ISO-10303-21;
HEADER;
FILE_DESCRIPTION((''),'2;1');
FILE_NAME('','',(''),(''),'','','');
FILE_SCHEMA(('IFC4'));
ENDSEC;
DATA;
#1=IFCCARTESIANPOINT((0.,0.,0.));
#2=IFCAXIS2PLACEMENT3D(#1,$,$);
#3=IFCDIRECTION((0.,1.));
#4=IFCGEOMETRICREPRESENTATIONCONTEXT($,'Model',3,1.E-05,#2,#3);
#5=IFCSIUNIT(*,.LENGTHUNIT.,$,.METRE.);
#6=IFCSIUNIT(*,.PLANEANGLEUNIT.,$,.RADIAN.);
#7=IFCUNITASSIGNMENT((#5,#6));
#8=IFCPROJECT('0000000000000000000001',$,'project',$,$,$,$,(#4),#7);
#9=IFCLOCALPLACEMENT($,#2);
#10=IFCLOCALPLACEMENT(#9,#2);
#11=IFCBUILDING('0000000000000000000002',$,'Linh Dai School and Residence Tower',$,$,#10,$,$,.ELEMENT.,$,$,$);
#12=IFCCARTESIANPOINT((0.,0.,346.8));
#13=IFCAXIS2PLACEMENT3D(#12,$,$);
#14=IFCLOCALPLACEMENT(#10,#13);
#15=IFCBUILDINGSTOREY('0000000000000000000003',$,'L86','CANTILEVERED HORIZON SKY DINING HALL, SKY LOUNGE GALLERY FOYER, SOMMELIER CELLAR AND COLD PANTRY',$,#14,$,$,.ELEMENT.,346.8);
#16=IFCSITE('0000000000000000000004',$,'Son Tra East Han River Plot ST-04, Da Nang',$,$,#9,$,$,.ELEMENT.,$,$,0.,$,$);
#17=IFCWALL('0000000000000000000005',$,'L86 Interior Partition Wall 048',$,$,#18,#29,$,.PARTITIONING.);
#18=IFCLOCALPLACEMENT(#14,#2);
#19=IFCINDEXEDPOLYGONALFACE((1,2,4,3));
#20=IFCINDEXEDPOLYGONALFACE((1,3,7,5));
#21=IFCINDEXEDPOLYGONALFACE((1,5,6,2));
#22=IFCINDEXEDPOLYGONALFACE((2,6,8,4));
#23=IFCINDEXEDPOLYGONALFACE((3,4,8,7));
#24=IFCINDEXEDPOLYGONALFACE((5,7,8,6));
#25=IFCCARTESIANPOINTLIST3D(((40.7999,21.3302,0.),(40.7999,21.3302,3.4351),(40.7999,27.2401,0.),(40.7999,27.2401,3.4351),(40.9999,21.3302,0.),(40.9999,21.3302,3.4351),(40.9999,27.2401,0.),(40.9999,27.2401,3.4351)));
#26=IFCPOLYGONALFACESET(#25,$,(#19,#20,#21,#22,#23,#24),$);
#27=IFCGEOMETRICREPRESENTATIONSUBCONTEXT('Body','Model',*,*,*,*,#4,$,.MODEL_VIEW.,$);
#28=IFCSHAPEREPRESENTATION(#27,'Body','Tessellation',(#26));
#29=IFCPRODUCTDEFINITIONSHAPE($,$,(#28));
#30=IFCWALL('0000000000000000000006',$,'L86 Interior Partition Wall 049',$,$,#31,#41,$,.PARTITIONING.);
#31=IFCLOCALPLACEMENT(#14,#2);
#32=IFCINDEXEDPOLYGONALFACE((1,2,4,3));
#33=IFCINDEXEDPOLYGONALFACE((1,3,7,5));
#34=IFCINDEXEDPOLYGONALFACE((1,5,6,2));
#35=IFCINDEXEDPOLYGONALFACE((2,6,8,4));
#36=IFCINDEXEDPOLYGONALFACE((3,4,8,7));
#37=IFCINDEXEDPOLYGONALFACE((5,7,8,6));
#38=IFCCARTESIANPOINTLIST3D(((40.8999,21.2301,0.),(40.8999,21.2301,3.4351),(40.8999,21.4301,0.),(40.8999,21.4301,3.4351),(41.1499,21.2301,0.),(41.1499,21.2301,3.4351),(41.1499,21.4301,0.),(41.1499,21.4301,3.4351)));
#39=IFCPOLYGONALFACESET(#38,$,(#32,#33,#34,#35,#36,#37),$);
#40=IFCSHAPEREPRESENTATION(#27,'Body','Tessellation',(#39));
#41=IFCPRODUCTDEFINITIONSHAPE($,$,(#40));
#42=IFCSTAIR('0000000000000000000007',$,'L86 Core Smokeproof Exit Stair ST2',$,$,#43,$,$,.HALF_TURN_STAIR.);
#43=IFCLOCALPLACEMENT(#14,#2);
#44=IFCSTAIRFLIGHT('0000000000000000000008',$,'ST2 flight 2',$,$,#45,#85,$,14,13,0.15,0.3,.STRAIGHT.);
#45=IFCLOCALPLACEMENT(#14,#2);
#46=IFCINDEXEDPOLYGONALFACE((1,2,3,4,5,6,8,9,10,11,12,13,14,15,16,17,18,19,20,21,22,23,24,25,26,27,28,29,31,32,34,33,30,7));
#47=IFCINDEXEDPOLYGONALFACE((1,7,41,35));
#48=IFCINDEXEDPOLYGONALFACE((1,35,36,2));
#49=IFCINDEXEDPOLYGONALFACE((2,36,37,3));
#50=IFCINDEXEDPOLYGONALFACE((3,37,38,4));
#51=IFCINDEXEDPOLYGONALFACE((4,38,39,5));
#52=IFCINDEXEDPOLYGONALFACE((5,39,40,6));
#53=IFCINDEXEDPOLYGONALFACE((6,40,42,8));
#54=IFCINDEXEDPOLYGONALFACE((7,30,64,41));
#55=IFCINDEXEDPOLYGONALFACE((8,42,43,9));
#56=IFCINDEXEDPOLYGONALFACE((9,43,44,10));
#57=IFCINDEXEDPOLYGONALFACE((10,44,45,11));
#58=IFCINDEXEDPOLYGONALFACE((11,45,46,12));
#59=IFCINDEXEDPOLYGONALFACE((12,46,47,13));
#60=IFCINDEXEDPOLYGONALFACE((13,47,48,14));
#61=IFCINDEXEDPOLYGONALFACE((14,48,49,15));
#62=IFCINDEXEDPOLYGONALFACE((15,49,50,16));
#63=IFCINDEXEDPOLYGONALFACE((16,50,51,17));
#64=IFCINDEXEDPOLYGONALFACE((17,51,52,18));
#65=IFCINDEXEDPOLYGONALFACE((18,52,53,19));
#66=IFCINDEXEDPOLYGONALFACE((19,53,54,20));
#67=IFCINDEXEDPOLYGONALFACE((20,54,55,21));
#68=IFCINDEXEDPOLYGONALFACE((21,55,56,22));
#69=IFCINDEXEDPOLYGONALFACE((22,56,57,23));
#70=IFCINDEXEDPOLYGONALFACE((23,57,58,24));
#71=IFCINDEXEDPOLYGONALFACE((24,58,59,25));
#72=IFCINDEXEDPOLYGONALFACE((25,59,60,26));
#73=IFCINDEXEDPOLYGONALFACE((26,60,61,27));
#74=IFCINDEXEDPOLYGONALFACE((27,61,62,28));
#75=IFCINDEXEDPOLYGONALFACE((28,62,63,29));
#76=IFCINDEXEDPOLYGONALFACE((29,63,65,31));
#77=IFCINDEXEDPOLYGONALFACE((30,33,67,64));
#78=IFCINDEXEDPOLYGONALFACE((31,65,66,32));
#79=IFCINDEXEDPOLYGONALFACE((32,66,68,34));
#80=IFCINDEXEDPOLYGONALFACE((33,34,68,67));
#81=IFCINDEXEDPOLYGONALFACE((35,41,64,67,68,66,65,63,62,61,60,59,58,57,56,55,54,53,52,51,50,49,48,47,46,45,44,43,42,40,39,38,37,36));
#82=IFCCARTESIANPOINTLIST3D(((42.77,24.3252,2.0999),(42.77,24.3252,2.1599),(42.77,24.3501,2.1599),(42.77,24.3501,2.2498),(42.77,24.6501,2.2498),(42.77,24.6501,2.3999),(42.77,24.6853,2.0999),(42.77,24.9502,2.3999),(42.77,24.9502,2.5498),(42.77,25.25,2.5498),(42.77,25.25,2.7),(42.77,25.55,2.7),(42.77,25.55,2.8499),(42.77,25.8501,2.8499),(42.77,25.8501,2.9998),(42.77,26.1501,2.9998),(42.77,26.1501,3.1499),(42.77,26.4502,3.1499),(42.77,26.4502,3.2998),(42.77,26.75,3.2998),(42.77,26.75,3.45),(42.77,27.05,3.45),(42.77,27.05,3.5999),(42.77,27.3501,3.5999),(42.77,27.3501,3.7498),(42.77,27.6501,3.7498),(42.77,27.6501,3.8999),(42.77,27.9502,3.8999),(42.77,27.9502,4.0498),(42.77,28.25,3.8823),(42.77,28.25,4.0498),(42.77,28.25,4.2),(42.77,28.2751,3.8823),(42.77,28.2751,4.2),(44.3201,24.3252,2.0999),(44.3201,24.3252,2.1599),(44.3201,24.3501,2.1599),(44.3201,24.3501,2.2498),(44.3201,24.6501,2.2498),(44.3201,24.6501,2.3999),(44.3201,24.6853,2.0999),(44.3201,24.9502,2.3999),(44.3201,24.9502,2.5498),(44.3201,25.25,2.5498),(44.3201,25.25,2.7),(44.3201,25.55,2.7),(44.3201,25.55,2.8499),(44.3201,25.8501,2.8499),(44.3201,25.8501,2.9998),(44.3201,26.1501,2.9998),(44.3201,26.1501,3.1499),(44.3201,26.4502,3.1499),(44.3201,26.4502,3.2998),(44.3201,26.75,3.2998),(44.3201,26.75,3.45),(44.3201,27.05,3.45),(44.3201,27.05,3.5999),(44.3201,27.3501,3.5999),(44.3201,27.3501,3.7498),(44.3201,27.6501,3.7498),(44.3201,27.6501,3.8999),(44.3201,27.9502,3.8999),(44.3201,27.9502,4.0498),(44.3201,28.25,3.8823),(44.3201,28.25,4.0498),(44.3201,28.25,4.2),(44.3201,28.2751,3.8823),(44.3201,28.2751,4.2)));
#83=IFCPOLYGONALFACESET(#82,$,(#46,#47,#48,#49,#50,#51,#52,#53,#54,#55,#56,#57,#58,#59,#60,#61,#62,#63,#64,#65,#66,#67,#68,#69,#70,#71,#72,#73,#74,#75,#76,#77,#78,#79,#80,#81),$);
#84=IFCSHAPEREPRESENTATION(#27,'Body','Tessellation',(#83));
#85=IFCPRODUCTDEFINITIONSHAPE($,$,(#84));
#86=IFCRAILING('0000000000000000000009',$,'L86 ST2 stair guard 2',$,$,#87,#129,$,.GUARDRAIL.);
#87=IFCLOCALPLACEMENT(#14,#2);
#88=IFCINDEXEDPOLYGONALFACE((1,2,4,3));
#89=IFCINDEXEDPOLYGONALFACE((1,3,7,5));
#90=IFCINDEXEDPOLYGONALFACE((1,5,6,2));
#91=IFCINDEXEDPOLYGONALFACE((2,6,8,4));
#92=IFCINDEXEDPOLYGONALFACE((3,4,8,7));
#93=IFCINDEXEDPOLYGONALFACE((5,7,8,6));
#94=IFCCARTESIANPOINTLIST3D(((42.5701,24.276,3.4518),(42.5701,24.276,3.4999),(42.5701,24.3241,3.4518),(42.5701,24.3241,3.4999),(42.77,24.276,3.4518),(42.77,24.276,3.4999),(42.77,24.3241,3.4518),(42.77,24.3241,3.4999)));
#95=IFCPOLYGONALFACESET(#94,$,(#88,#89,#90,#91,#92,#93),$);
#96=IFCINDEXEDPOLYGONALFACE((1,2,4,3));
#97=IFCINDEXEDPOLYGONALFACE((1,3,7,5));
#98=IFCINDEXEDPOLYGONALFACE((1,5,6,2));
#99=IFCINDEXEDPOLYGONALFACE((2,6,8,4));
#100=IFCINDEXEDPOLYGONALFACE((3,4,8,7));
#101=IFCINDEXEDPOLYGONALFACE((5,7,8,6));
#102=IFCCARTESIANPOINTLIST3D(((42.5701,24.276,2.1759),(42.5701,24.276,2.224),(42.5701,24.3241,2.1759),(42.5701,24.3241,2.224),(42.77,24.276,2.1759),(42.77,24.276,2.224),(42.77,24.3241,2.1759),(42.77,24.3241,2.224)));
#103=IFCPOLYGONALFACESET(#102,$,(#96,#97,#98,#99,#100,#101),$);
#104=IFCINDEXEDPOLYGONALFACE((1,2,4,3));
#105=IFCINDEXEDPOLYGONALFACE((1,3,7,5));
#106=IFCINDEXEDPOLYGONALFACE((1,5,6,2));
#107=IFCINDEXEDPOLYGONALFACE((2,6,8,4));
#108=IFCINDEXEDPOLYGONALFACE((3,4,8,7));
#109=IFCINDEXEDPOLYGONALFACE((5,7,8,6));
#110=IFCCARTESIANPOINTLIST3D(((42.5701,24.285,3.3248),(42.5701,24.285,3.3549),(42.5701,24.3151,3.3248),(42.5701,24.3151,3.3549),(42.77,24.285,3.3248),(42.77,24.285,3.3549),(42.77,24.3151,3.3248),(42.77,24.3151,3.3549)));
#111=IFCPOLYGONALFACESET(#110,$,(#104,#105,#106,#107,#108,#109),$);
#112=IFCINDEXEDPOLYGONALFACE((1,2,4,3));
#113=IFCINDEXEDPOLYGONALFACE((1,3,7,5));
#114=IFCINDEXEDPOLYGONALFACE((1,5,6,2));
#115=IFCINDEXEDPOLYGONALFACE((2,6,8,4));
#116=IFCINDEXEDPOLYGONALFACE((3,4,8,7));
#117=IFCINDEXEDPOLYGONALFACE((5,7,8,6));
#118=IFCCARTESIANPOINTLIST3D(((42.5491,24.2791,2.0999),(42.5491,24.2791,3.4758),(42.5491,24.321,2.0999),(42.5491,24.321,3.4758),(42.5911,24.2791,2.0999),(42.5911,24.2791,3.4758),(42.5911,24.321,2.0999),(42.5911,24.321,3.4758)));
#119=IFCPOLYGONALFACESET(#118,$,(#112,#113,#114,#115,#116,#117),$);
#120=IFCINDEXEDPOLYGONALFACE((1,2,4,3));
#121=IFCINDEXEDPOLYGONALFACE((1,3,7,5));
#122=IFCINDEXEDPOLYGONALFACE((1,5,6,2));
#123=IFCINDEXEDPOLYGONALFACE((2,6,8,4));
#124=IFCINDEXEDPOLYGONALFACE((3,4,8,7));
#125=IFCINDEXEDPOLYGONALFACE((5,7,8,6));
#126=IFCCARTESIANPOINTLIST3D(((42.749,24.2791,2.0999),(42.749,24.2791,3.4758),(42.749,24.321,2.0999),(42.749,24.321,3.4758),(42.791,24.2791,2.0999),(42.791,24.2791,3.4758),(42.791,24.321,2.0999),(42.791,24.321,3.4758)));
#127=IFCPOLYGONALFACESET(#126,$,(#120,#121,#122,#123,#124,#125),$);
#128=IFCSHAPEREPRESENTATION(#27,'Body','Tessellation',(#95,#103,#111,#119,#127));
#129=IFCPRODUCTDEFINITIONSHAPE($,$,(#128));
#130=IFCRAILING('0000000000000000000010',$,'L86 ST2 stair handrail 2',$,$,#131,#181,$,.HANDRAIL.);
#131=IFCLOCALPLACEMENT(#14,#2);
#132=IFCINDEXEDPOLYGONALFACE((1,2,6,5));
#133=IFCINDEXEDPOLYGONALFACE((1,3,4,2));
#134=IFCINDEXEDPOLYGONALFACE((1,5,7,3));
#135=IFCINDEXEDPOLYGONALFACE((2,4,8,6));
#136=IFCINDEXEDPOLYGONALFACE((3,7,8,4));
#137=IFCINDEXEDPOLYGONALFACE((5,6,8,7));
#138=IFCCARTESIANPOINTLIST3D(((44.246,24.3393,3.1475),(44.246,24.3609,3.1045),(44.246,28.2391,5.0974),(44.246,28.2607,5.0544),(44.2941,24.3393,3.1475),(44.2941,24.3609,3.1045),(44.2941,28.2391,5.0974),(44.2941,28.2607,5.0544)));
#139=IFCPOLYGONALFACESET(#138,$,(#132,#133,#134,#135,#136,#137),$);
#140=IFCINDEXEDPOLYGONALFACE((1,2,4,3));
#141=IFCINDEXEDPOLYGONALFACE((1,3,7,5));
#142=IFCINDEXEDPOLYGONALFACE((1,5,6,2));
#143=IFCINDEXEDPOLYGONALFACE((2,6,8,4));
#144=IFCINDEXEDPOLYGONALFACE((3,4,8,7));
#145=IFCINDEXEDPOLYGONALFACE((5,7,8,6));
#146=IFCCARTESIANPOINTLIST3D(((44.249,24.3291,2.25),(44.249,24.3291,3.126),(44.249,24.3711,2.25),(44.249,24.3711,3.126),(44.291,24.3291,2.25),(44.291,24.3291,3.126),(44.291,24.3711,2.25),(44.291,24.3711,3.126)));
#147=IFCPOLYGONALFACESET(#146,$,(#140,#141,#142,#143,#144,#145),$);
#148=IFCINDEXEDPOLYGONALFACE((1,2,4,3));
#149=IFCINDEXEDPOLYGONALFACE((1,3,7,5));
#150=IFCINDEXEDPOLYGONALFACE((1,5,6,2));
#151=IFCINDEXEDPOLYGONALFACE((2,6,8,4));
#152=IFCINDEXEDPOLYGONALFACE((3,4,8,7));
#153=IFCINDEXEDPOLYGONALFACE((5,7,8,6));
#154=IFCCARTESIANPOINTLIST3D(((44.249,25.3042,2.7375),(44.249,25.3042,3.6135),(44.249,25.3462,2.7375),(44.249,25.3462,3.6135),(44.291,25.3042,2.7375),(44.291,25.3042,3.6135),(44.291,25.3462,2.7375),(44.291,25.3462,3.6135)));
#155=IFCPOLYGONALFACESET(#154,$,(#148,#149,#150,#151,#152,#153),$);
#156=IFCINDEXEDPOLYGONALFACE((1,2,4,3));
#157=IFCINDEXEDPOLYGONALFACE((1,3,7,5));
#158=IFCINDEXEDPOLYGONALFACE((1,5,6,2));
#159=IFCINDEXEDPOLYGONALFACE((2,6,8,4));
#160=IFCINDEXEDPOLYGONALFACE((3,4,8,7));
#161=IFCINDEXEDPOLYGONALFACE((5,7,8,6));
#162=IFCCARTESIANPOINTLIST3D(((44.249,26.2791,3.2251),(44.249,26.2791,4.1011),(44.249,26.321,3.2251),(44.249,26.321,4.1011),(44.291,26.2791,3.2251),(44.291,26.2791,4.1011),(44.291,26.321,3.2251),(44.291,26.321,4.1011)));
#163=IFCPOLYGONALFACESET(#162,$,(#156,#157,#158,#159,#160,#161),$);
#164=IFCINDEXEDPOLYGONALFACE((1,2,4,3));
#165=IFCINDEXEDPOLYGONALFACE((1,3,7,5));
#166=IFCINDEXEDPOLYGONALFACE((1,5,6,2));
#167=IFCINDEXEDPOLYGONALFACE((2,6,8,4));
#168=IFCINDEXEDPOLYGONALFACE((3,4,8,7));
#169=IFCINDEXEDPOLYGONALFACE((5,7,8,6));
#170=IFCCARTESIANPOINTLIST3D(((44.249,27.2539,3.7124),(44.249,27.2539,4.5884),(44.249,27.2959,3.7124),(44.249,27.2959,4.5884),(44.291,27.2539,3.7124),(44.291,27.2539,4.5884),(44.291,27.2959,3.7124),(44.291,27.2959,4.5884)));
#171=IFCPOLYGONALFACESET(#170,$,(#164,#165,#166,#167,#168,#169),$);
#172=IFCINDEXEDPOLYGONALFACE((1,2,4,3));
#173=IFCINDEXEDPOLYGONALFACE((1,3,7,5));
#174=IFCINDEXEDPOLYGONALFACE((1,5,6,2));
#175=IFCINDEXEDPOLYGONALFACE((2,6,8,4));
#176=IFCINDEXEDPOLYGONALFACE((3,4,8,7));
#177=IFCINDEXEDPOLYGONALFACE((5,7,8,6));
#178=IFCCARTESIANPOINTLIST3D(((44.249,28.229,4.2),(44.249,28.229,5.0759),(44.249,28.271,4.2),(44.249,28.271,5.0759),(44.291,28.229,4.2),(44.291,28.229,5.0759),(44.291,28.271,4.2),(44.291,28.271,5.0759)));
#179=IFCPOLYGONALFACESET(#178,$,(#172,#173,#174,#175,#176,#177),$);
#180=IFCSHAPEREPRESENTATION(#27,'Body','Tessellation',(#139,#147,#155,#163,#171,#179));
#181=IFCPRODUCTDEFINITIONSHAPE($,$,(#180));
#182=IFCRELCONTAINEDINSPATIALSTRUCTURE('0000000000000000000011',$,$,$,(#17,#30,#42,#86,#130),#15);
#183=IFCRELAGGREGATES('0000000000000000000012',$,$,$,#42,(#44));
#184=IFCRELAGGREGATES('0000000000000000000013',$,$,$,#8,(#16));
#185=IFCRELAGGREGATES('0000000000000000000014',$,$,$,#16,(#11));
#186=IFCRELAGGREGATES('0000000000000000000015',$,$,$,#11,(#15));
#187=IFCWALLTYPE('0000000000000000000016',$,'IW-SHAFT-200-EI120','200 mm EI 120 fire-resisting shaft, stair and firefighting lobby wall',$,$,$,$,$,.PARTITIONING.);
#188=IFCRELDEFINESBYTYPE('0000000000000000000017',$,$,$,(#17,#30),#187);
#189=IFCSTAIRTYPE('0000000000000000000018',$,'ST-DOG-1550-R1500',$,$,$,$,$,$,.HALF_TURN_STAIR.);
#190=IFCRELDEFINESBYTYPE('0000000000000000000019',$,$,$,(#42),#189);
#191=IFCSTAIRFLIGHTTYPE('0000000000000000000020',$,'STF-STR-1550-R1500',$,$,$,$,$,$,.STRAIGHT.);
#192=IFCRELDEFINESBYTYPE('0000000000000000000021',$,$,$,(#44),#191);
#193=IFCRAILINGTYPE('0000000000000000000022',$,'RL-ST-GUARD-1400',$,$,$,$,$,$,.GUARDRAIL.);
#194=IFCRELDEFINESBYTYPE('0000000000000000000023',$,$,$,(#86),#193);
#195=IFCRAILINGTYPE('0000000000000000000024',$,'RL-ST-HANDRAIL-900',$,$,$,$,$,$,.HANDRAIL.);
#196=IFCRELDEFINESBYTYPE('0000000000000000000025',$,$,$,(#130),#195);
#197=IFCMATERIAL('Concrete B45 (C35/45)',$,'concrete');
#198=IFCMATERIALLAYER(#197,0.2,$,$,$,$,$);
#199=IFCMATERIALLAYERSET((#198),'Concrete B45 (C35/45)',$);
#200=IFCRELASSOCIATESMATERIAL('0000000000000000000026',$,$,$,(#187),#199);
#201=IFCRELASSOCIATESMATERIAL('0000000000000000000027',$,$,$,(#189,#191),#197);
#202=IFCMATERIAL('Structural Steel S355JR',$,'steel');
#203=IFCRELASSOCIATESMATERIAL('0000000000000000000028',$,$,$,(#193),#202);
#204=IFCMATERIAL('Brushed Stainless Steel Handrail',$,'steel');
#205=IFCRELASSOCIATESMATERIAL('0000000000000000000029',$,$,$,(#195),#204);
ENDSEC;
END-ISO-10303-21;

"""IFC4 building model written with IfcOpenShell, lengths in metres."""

from ifc_helpers import new_model, si_unit, direction, frame, frame_2d, origin, origin_2d, place, context, subcontext, project, spatial, polyline, rectangle, outline, extrude, source, transform, mapped, material, layer, layer_set, type_object, element, aggregate, save


model = new_model("IFC4")

# Units and contexts
model_context = context("Model", 3, precision=1e-05, world=origin(), true_north=direction((0.0, 1.0)))
body_context = subcontext(model_context, "Body", "Model", "MODEL_VIEW")
ifc_project = project(units=[si_unit("LENGTHUNIT", "METRE"), si_unit("PLANEANGLEUNIT", "RADIAN")], contexts=[model_context])

# Site, building, storey
site_placement = place(None, origin())
site = spatial("IfcSite", under=ifc_project, at=site_placement, Name="Son Tra East Han River Plot ST-04, Da Nang", CompositionType="ELEMENT", RefElevation=0.0)
building_placement = place(site_placement, origin())
building = spatial("IfcBuilding", under=site, at=building_placement, Name="Linh Dai School and Residence Tower", CompositionType="ELEMENT")
storey_placement = place(building_placement, frame((0.0, 0.0, 346.8)))
storey = spatial("IfcBuildingStorey", under=building, at=storey_placement, Name="L86", Description="CANTILEVERED HORIZON SKY DINING HALL, SKY LOUNGE GALLERY FOYER, SOMMELIER CELLAR AND COLD PANTRY", CompositionType="ELEMENT", Elevation=346.8)

# Shared definitions
ifc_material_1 = material(Name="Structural Steel S355JR", Category="steel")

# Walls
ifc_material_2 = material(Name="Concrete B45 (C35/45)", Category="concrete")
ifc_layer_1 = layer(ifc_material_2, 0.2)
ifc_layer_set_1 = layer_set([ifc_layer_1], Name="Concrete B45 (C35/45)")
wall_type_1 = type_object("IfcWallType", Name="IW-SHAFT-200-EI120", Description="200 mm EI 120 fire-resisting shaft, stair and firefighting lobby wall", PredefinedType="PARTITIONING", material=ifc_layer_set_1)
wall_1_placement = place(storey_placement, frame((40.8999, 21.3301, 0.0), z_axis=(0.0, 0.0, 1.0), x_axis=(0.0, 1.0, 0.0)))
element("IfcWall", 1, at=wall_1_placement, inside=storey, type_object=wall_type_1, Name="L86 Interior Partition Wall 048", PredefinedType="PARTITIONING", context=body_context, shape_type="SweptSolid", body=[
    extrude(rectangle(XDim=5.9099, YDim=0.2, at=frame_2d((2.9551, 0.0))), origin(), (0.0, 0.0, 1.0), 3.4351),
])
wall_2_placement = place(storey_placement, frame((40.8999, 21.3301, 0.0), z_axis=(0.0, 0.0, 1.0), x_axis=(1.0, 0.0, 0.0)))
element("IfcWall", 2, at=wall_2_placement, inside=storey, type_object=wall_type_1, Name="L86 Interior Partition Wall 049", PredefinedType="PARTITIONING", context=body_context, shape_type="SweptSolid", body=[
    extrude(rectangle(XDim=0.25, YDim=0.2, at=frame_2d((0.125, 0.0))), origin(), (0.0, 0.0, 1.0), 3.4351),
])

# Stair, stair flight
stair_type = type_object("IfcStairType", Name="ST-DOG-1550-R1500", PredefinedType="HALF_TURN_STAIR", material=ifc_material_2)
stair_placement = place(storey_placement, origin())
stair = element("IfcStair", 3, at=stair_placement, inside=storey, type_object=stair_type, Name="L86 Core Smokeproof Exit Stair ST2", PredefinedType="HALF_TURN_STAIR")
stair_flight_type = type_object("IfcStairFlightType", Name="STF-STR-1550-R1500", PredefinedType="STRAIGHT", material=ifc_material_2)
shared_shape_1 = source(origin(), body_context, "Body", "SweptSolid", [
    extrude(outline(polyline([(-0.0249, 0.0), (-0.0249, 0.0601), (0.0, 0.0601), (0.0, 0.1499), (0.3, 0.1499), (0.3, 0.3), (0.6001, 0.3), (0.6001, 0.45), (0.8999, 0.45), (0.8999, 0.6001), (1.2, 0.6001), (1.2, 0.75), (1.5, 0.75), (1.5, 0.8999), (1.8, 0.8999), (1.8, 1.05), (2.1001, 1.05), (2.1001, 1.2), (2.3999, 1.2), (2.3999, 1.3501), (2.7, 1.3501), (2.7, 1.5), (3.0, 1.5), (3.0, 1.6499), (3.3, 1.6499), (3.3, 1.8), (3.6001, 1.8), (3.6001, 1.95), (3.8999, 1.95), (3.8999, 2.1001), (3.925, 2.1001), (3.925, 1.7825), (3.8999, 1.7825), (0.3352, 0.0), (-0.0249, 0.0)])), frame((0.0, 0.7749, 0.0), z_axis=(0.0, -1.0, 0.0), x_axis=(1.0, 0.0, 0.0)), (0.0, 0.0, 1.0), 1.55),
])
stair_flight_placement = place(storey_placement, frame((43.5449, 24.3501, 2.0999), z_axis=(0.0, 0.0, 1.0), x_axis=(0.0, 1.0, 0.0)))
stair_flight = element("IfcStairFlight", 4, at=stair_flight_placement, type_object=stair_flight_type, Name="ST2 flight 2", NumberOfRisers=14, NumberOfTreads=13, PredefinedType="STRAIGHT", RiserHeight=0.15, TreadLength=0.3, context=body_context, shape_type="MappedRepresentation", body=[
    mapped(shared_shape_1, transform((0.0, 0.0, 0.0), x_axis=(1.0, 0.0, 0.0), y_axis=(0.0, 1.0, 0.0), z_axis=(0.0, 0.0, 1.0), scale=1.0)),
])
aggregate(stair, [stair_flight])

# Railings
railing_type_1 = type_object("IfcRailingType", Name="RL-ST-GUARD-1400", PredefinedType="GUARDRAIL", material=ifc_material_1)
shared_shape_2 = source(origin(), body_context, "Body", "SweptSolid", [
    extrude(rectangle(XDim=0.0481, YDim=0.0481, at=origin_2d()), frame((0.0, 0.0, 1.376), z_axis=(1.0, 0.0, 0.0), x_axis=(0.0, 1.0, 0.0)), (0.0, 0.0, 1.0), 0.2),
    extrude(rectangle(XDim=0.0481, YDim=0.0481, at=origin_2d()), frame((0.0, 0.0, 0.1001), z_axis=(1.0, 0.0, 0.0), x_axis=(0.0, 1.0, 0.0)), (0.0, 0.0, 1.0), 0.2),
    extrude(rectangle(XDim=0.03, YDim=0.03, at=origin_2d()), frame((0.0, 0.0, 1.24), z_axis=(1.0, 0.0, 0.0), x_axis=(0.0, 1.0, 0.0)), (0.0, 0.0, 1.0), 0.2),
    extrude(rectangle(XDim=0.042, YDim=0.042, at=origin_2d()), origin(), (0.0, 0.0, 1.0), 1.376),
    extrude(rectangle(XDim=0.042, YDim=0.042, at=origin_2d()), frame((0.2, 0.0, 0.0)), (0.0, 0.0, 1.0), 1.376),
])
railing_1_placement = place(storey_placement, frame((42.5701, 24.3, 2.0999)))
element("IfcRailing", 5, at=railing_1_placement, inside=storey, type_object=railing_type_1, Name="L86 ST2 stair guard 2", PredefinedType="GUARDRAIL", context=body_context, shape_type="MappedRepresentation", body=[
    mapped(shared_shape_2, transform((0.0, 0.0, 0.0), x_axis=(1.0, 0.0, 0.0), y_axis=(0.0, 1.0, 0.0), z_axis=(0.0, 0.0, 1.0), scale=1.0)),
])
ifc_material_3 = material(Name="Brushed Stainless Steel Handrail", Category="steel")
railing_type_2 = type_object("IfcRailingType", Name="RL-ST-HANDRAIL-900", PredefinedType="HANDRAIL", material=ifc_material_3)
shared_shape_3 = source(origin(), body_context, "Body", "SweptSolid", [
    extrude(rectangle(XDim=0.0481, YDim=0.0481, at=origin_2d()), frame((0.0, 0.0, 0.876), z_axis=(0.0, 0.894427, 0.447214), x_axis=(-1.0, 0.0, 0.0)), (0.0, 0.0, 1.0), 4.3601),
    extrude(rectangle(XDim=0.042, YDim=0.042, at=origin_2d()), origin(), (0.0, 0.0, 1.0), 0.876),
    extrude(rectangle(XDim=0.042, YDim=0.042, at=origin_2d()), frame((0.0, 0.9751, 0.4875)), (0.0, 0.0, 1.0), 0.876),
    extrude(rectangle(XDim=0.042, YDim=0.042, at=origin_2d()), frame((0.0, 1.95, 0.9751)), (0.0, 0.0, 1.0), 0.876),
    extrude(rectangle(XDim=0.042, YDim=0.042, at=origin_2d()), frame((0.0, 2.9248, 1.4624)), (0.0, 0.0, 1.0), 0.876),
    extrude(rectangle(XDim=0.042, YDim=0.042, at=origin_2d()), frame((0.0, 3.8999, 1.95)), (0.0, 0.0, 1.0), 0.876),
])
railing_2_placement = place(storey_placement, frame((44.27, 24.3501, 2.25)))
element("IfcRailing", 6, at=railing_2_placement, inside=storey, type_object=railing_type_2, Name="L86 ST2 stair handrail 2", PredefinedType="HANDRAIL", context=body_context, shape_type="MappedRepresentation", body=[
    mapped(shared_shape_3, transform((0.0, 0.0, 0.0), x_axis=(1.0, 0.0, 0.0), y_axis=(0.0, 1.0, 0.0), z_axis=(0.0, 0.0, 1.0), scale=1.0)),
])

save(model, "model.ifc")
